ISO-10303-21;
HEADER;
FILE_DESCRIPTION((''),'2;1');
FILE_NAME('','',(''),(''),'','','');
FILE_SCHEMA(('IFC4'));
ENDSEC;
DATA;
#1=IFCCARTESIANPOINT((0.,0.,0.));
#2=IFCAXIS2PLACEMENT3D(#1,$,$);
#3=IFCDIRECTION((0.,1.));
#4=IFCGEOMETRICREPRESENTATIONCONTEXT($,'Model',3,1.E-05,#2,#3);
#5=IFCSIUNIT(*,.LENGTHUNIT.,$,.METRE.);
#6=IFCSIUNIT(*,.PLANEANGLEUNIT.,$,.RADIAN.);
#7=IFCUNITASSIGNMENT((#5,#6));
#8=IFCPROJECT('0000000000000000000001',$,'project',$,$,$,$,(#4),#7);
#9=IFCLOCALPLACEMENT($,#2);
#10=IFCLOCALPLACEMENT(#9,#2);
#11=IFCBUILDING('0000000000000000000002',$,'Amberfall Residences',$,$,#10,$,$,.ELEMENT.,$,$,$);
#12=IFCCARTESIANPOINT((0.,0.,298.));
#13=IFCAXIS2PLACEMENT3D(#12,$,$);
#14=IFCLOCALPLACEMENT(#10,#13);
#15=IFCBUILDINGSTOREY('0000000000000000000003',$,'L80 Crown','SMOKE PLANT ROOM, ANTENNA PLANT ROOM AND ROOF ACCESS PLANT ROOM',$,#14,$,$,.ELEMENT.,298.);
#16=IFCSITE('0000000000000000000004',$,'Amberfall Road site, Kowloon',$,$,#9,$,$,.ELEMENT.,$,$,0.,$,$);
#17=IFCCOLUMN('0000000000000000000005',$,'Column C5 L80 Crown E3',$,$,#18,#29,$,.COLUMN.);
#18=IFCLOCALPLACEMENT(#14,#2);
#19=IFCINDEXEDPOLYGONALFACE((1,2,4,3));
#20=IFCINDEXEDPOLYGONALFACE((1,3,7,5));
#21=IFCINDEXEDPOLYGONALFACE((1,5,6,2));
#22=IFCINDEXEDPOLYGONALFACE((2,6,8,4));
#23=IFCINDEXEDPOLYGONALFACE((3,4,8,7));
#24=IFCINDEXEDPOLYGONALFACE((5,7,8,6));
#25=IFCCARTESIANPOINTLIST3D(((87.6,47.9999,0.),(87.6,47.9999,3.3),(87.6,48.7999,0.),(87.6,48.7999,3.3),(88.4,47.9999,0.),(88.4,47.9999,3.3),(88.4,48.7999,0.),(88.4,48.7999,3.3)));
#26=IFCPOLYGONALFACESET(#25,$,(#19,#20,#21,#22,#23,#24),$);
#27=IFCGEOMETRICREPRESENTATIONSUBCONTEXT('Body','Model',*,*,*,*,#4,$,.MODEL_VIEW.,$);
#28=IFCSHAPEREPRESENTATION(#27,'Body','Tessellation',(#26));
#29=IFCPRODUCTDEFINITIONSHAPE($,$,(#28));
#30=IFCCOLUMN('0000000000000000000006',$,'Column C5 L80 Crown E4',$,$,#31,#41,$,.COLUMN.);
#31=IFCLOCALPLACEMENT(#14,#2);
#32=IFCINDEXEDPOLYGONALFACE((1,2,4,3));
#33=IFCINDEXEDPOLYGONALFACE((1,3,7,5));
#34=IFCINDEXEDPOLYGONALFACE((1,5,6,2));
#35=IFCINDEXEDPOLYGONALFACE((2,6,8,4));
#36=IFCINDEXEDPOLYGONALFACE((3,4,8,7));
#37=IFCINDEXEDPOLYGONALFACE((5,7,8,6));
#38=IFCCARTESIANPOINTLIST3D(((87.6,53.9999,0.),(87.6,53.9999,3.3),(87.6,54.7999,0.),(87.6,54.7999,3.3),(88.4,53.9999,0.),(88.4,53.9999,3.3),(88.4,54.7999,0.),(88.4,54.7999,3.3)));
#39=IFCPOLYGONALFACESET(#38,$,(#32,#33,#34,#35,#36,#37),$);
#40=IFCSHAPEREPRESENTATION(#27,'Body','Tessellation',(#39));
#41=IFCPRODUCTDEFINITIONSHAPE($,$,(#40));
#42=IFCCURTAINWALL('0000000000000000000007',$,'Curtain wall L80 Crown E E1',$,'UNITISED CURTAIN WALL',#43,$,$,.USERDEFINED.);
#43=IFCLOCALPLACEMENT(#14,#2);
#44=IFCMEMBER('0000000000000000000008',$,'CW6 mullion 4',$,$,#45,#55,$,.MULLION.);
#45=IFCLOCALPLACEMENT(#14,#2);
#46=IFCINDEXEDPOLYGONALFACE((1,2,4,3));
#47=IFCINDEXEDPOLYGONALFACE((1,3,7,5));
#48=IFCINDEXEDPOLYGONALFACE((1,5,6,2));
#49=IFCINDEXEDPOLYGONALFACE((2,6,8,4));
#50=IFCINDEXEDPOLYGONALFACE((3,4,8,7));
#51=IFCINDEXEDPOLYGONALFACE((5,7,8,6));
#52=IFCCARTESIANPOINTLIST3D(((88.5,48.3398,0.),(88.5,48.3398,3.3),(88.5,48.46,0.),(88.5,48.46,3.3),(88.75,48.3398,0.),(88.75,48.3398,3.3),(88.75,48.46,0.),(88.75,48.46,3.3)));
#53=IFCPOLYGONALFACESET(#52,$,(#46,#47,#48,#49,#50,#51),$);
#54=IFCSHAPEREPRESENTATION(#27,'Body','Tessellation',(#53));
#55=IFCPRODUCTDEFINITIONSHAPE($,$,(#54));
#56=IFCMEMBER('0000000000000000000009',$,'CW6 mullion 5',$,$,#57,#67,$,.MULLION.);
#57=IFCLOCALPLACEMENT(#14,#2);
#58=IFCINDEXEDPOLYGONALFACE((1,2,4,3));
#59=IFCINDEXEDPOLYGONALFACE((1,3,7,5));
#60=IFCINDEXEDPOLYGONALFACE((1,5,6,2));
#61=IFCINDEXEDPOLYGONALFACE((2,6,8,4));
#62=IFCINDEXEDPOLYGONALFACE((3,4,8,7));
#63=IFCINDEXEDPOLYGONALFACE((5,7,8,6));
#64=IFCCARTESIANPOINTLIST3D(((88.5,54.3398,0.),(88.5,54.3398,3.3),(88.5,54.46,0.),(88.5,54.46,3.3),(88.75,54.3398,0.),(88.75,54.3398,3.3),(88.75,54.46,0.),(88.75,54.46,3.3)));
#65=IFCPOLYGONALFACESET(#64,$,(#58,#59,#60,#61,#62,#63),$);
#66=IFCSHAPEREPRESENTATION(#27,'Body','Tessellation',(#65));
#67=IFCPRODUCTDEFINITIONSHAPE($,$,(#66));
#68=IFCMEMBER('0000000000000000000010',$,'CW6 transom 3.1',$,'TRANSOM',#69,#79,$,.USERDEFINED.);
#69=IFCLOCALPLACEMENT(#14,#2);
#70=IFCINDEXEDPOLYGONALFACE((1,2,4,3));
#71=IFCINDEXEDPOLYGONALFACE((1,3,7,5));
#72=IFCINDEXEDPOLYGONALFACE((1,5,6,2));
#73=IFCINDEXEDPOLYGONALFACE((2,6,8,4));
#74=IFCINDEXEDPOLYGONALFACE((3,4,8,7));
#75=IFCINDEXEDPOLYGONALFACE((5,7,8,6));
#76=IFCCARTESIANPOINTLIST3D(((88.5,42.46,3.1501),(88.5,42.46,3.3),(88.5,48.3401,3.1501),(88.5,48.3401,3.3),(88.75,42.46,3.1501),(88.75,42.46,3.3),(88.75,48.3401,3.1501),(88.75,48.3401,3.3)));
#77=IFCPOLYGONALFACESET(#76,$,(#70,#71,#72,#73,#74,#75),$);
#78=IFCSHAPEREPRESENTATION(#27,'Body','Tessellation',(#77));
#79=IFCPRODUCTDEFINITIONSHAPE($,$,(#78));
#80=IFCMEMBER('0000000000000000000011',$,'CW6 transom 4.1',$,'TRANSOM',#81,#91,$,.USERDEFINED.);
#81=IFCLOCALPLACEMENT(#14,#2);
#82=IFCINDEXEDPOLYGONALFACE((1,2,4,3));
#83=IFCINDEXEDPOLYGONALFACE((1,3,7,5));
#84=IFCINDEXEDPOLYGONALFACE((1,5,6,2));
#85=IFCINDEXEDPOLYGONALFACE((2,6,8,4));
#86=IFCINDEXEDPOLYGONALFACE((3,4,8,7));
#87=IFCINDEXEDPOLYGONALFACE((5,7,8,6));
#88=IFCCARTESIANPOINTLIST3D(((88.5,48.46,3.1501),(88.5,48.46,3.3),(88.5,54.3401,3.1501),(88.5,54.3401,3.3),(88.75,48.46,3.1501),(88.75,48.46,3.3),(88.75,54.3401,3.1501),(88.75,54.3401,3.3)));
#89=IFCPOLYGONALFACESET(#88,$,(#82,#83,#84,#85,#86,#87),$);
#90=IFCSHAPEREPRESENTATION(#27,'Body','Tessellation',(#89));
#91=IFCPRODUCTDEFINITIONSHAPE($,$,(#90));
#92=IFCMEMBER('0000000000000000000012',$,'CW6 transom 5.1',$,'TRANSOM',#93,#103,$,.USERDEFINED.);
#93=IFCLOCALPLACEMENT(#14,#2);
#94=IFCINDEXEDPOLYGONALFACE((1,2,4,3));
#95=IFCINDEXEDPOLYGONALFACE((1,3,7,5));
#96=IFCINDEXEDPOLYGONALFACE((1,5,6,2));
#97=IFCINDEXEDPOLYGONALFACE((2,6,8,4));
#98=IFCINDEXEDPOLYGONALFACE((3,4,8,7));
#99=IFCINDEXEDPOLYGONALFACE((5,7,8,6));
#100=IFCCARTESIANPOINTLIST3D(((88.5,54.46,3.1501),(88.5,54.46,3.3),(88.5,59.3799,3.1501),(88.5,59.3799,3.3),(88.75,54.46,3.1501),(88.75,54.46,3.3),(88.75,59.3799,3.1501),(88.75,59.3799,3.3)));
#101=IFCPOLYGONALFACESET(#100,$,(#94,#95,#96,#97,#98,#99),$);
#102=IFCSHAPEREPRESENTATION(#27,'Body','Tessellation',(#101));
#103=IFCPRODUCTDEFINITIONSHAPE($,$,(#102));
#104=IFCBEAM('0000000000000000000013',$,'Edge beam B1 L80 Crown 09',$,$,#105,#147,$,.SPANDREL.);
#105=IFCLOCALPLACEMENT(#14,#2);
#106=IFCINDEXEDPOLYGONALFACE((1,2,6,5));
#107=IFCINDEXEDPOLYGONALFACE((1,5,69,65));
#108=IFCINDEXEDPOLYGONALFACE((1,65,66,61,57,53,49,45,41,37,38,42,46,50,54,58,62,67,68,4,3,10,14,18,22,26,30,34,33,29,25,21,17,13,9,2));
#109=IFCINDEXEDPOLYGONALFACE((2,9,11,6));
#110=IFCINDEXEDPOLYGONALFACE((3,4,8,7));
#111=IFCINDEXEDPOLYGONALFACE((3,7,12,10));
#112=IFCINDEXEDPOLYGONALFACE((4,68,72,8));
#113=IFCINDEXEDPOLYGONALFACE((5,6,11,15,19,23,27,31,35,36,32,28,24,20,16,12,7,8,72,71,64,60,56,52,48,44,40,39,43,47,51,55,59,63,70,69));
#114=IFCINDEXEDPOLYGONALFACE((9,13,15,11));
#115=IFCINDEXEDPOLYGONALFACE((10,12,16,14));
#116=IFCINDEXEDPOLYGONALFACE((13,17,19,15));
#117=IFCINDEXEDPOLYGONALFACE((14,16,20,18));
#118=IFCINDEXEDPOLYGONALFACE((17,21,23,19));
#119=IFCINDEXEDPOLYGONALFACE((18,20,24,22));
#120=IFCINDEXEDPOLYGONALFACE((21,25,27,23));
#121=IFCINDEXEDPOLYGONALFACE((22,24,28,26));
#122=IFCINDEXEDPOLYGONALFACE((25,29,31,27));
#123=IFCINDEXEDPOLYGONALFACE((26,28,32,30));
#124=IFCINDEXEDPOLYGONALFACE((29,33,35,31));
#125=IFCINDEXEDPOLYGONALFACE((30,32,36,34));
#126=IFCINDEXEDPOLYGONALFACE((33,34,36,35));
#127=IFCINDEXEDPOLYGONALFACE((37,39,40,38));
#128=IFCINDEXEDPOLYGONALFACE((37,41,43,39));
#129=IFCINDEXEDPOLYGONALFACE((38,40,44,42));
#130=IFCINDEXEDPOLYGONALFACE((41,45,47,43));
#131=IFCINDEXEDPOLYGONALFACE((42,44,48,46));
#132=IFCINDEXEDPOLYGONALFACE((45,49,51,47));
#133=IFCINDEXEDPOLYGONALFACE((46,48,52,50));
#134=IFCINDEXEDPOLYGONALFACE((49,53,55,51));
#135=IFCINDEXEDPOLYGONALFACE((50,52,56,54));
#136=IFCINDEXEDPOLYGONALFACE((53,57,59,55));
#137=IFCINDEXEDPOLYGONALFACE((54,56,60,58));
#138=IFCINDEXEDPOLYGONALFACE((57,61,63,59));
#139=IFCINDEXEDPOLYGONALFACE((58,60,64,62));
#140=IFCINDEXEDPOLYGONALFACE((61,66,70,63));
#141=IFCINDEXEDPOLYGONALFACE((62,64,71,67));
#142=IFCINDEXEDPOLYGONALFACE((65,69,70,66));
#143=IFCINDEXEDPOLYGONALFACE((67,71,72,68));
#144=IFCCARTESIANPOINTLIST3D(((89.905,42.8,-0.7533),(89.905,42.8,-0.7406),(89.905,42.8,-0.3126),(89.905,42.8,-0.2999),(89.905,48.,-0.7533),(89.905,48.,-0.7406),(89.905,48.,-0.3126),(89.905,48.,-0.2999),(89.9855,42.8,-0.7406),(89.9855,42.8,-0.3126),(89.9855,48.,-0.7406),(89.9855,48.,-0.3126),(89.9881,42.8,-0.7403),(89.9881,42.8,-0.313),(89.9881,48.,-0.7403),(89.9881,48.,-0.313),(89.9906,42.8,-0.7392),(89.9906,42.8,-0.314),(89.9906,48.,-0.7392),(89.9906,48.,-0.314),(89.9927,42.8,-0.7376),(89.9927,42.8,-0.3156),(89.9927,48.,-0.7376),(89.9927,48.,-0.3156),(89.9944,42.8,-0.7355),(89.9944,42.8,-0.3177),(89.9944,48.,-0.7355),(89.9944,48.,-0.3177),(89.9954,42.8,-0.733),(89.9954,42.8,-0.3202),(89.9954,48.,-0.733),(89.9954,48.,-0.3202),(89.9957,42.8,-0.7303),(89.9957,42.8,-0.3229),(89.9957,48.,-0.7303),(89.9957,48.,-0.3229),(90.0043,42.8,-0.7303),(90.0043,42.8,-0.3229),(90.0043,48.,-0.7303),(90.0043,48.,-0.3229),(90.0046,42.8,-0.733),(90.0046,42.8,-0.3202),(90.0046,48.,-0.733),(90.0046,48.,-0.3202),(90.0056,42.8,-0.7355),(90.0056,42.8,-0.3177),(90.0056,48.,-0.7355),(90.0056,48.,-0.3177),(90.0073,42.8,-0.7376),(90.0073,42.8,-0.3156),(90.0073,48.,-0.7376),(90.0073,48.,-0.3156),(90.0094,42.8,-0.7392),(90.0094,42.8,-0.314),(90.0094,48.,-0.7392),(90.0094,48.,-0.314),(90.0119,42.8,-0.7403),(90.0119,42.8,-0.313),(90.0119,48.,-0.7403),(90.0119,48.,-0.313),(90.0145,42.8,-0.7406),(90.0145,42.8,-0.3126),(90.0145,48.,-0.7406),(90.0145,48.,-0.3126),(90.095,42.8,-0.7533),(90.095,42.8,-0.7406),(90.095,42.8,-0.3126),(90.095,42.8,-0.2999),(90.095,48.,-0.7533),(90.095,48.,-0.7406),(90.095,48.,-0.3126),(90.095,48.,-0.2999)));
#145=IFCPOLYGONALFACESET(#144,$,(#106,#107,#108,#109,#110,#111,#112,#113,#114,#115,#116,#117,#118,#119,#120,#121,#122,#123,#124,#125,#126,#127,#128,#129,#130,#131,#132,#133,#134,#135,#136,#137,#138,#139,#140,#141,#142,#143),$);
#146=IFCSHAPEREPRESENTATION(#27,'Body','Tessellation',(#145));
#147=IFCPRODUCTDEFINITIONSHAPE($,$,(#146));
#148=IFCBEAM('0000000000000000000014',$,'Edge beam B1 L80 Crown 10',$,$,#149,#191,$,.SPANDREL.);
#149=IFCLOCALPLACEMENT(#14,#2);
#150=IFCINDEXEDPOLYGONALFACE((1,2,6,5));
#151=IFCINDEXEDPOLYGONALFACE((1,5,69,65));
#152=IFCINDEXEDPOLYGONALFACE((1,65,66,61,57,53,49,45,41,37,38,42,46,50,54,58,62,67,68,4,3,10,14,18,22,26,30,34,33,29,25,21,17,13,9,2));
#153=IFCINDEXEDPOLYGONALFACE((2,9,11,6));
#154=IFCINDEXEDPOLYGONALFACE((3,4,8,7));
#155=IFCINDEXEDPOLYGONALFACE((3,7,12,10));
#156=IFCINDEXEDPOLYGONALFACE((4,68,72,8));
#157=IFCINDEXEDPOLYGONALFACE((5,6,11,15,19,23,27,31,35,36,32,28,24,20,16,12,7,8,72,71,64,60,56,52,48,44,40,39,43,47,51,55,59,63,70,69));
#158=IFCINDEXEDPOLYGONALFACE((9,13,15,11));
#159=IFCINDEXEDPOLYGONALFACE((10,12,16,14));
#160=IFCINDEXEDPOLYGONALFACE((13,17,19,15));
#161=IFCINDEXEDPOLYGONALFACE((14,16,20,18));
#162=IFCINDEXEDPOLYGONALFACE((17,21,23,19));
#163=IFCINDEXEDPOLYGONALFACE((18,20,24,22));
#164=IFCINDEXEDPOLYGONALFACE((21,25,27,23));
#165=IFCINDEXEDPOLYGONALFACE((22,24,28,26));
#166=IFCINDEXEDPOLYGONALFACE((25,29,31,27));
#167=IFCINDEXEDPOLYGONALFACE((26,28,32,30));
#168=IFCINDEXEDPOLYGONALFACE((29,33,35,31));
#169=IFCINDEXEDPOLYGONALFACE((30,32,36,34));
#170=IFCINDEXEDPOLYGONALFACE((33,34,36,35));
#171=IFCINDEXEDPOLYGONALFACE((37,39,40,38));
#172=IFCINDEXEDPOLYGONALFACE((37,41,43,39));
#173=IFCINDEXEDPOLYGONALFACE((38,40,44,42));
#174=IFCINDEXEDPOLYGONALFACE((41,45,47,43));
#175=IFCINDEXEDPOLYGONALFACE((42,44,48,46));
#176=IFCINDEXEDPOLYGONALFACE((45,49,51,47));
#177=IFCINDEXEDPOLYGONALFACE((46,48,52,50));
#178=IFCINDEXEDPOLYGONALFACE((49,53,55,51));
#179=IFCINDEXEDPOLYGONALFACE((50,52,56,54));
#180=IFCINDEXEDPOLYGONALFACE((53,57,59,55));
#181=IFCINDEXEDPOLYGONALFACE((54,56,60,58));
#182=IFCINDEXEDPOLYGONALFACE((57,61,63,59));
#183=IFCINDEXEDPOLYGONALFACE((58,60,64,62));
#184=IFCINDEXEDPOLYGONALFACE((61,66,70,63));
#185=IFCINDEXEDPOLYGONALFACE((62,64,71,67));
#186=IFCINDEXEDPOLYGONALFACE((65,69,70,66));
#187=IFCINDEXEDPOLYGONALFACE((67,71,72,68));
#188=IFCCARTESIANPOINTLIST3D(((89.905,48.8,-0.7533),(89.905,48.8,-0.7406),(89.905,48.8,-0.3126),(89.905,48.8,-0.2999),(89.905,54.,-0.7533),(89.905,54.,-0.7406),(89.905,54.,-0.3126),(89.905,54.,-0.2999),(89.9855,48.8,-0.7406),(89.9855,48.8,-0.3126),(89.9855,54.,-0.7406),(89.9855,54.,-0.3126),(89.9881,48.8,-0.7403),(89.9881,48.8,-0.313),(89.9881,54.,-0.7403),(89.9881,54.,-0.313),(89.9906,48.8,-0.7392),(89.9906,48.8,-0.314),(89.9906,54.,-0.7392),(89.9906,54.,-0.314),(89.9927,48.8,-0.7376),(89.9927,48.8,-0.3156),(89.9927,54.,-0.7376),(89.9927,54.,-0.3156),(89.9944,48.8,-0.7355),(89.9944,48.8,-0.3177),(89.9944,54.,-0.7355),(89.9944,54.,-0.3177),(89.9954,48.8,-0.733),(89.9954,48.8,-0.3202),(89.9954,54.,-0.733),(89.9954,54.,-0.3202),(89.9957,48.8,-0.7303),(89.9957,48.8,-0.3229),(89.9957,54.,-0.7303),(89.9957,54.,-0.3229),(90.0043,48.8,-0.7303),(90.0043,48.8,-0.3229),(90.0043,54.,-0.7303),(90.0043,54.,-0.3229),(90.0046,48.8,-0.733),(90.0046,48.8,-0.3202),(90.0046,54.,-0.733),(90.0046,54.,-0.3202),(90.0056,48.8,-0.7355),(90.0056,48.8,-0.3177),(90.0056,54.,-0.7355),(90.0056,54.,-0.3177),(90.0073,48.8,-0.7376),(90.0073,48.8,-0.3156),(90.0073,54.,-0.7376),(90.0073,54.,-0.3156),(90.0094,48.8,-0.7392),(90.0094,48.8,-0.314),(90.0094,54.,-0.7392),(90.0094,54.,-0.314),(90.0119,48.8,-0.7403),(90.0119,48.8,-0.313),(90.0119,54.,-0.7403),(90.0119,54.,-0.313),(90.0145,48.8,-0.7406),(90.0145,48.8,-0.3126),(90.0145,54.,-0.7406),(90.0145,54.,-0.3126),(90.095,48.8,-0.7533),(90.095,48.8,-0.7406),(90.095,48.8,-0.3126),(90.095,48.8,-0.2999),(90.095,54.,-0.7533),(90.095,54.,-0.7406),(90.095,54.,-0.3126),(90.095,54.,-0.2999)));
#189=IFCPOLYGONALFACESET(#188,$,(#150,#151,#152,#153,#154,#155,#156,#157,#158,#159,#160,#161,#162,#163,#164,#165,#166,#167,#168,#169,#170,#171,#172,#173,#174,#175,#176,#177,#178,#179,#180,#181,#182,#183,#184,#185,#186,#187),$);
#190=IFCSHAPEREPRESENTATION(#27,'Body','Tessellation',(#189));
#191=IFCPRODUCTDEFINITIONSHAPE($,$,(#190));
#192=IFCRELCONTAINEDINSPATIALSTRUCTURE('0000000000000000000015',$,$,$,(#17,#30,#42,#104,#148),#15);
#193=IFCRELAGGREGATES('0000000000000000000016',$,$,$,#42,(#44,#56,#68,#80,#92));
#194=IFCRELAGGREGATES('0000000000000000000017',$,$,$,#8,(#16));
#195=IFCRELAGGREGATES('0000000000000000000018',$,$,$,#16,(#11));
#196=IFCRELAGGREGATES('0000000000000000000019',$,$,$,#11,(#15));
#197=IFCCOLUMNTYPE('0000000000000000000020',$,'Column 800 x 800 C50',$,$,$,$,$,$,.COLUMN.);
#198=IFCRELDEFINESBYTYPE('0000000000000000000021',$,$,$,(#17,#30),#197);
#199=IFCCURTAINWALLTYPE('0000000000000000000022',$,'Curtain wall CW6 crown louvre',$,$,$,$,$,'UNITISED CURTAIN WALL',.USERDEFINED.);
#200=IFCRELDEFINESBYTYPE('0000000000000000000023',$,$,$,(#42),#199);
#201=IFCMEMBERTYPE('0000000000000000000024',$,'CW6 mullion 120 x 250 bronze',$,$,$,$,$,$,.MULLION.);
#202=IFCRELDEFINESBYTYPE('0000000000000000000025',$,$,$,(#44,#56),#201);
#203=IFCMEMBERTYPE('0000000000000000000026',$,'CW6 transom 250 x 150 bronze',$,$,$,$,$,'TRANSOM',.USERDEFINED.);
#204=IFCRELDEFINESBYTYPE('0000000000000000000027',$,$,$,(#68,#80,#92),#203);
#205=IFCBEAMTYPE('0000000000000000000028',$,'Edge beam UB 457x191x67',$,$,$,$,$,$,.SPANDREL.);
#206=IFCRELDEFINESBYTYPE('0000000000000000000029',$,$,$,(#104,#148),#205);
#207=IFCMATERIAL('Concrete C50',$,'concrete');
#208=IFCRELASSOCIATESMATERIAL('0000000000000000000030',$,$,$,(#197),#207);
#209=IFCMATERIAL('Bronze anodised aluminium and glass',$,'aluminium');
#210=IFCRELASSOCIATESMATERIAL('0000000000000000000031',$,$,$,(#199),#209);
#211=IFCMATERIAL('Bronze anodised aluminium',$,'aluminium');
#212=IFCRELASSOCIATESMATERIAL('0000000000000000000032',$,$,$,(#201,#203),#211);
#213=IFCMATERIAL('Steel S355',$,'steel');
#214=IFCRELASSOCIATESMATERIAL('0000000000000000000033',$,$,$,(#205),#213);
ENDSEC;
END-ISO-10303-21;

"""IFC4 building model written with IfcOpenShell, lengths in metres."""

from ifc_helpers import new_model, si_unit, direction, frame, origin, origin_2d, place, context, subcontext, project, spatial, rectangle, i_section, extrude, material, material_profile, profile_set, type_object, element, aggregate, save


model = new_model("IFC4")

# Units and contexts
model_context = context("Model", 3, precision=1e-05, world=origin(), true_north=direction((0.0, 1.0)))
body_context = subcontext(model_context, "Body", "Model", "MODEL_VIEW")
ifc_project = project(units=[si_unit("LENGTHUNIT", "METRE"), si_unit("PLANEANGLEUNIT", "RADIAN")], contexts=[model_context])

# Site, building, storey
site_placement = place(None, origin())
site = spatial("IfcSite", under=ifc_project, at=site_placement, Name="Amberfall Road site, Kowloon", CompositionType="ELEMENT", RefElevation=0.0)
building_placement = place(site_placement, origin())
building = spatial("IfcBuilding", under=site, at=building_placement, Name="Amberfall Residences", CompositionType="ELEMENT")
storey_placement = place(building_placement, frame((0.0, 0.0, 298.0)))
storey = spatial("IfcBuildingStorey", under=building, at=storey_placement, Name="L80 Crown", Description="SMOKE PLANT ROOM, ANTENNA PLANT ROOM AND ROOF ACCESS PLANT ROOM", CompositionType="ELEMENT", Elevation=298.0)

# Columns
ifc_material_1 = material(Name="Concrete C50", Category="concrete")
ifc_material_profile_1 = material_profile(ifc_material_1, rectangle(XDim=0.8, YDim=0.8, at=origin_2d()), Name="Column 800 x 800 C50")
ifc_profile_set_1 = profile_set([ifc_material_profile_1], Name="Concrete C50")
column_type = type_object("IfcColumnType", Name="Column 800 x 800 C50", PredefinedType="COLUMN", material=ifc_profile_set_1)
for number, where, z_axis, x_axis, name in (
    (1, (88.0, 48.3999, 0.0), (0.0, 0.0, 1.0), (1.0, 0.0, 0.0), "Column C5 L80 Crown E3"),
    (2, (88.0, 54.3999, 0.0), (0.0, 0.0, 1.0), (1.0, 0.0, 0.0), "Column C5 L80 Crown E4"),
):
    element("IfcColumn", number, at=place(storey_placement, frame(where, z_axis=z_axis, x_axis=x_axis)), inside=storey, type_object=column_type, Name=name, PredefinedType="COLUMN", context=body_context, shape_type="SweptSolid", body=[
        extrude(rectangle(XDim=0.8, YDim=0.8, at=origin_2d()), origin(), (0.0, 0.0, 1.0), 3.3),
    ])

# Curtain wall, members
ifc_material_2 = material(Name="Bronze anodised aluminium and glass", Category="aluminium")
curtain_wall_type = type_object("IfcCurtainWallType", Name="Curtain wall CW6 crown louvre", ElementType="UNITISED CURTAIN WALL", PredefinedType="USERDEFINED", material=ifc_material_2)
curtain_wall_placement = place(storey_placement, origin())
curtain_wall = element("IfcCurtainWall", 3, at=curtain_wall_placement, inside=storey, type_object=curtain_wall_type, Name="Curtain wall L80 Crown E E1", ObjectType="UNITISED CURTAIN WALL", PredefinedType="USERDEFINED")
ifc_material_3 = material(Name="Bronze anodised aluminium", Category="aluminium")
ifc_material_profile_2 = material_profile(ifc_material_3, rectangle(XDim=0.25, YDim=0.1201, at=origin_2d()), Name="CW6 mullion 120 x 250 bronze")
ifc_profile_set_2 = profile_set([ifc_material_profile_2], Name="Bronze anodised aluminium")
member_type_1 = type_object("IfcMemberType", Name="CW6 mullion 120 x 250 bronze", PredefinedType="MULLION", material=ifc_profile_set_2)
member_1_placement = place(storey_placement, frame((88.625, 48.3999, 0.0), z_axis=(0.0, 0.0, 1.0), x_axis=(-1.0, 0.0, 0.0)))
member_1 = element("IfcMember", 4, at=member_1_placement, type_object=member_type_1, Name="CW6 mullion 4", PredefinedType="MULLION", context=body_context, shape_type="SweptSolid", body=[
    extrude(rectangle(XDim=0.25, YDim=0.1201, at=origin_2d()), origin(), (0.0, 0.0, 1.0), 3.3),
])
member_2_placement = place(storey_placement, frame((88.625, 54.3999, 0.0), z_axis=(0.0, 0.0, 1.0), x_axis=(-1.0, 0.0, 0.0)))
member_2 = element("IfcMember", 5, at=member_2_placement, type_object=member_type_1, Name="CW6 mullion 5", PredefinedType="MULLION", context=body_context, shape_type="SweptSolid", body=[
    extrude(rectangle(XDim=0.25, YDim=0.1201, at=origin_2d()), origin(), (0.0, 0.0, 1.0), 3.3),
])
ifc_material_profile_3 = material_profile(ifc_material_3, rectangle(XDim=0.25, YDim=0.1499, at=origin_2d()), Name="CW6 transom 250 x 150 bronze")
ifc_profile_set_3 = profile_set([ifc_material_profile_3], Name="Bronze anodised aluminium")
member_type_2 = type_object("IfcMemberType", Name="CW6 transom 250 x 150 bronze", ElementType="TRANSOM", PredefinedType="USERDEFINED", material=ifc_profile_set_3)
member_3_placement = place(storey_placement, frame((88.625, 42.46, 3.2251), z_axis=(0.0, 1.0, 0.0), x_axis=(-1.0, 0.0, 0.0)))
member_3 = element("IfcMember", 6, at=member_3_placement, type_object=member_type_2, Name="CW6 transom 3.1", ObjectType="TRANSOM", PredefinedType="USERDEFINED", context=body_context, shape_type="SweptSolid", body=[
    extrude(rectangle(XDim=0.25, YDim=0.1499, at=origin_2d()), origin(), (0.0, 0.0, 1.0), 5.8801),
])
member_4_placement = place(storey_placement, frame((88.625, 48.46, 3.2251), z_axis=(0.0, 1.0, 0.0), x_axis=(-1.0, 0.0, 0.0)))
member_4 = element("IfcMember", 7, at=member_4_placement, type_object=member_type_2, Name="CW6 transom 4.1", ObjectType="TRANSOM", PredefinedType="USERDEFINED", context=body_context, shape_type="SweptSolid", body=[
    extrude(rectangle(XDim=0.25, YDim=0.1499, at=origin_2d()), origin(), (0.0, 0.0, 1.0), 5.8801),
])
member_5_placement = place(storey_placement, frame((88.625, 54.46, 3.2251), z_axis=(0.0, 1.0, 0.0), x_axis=(-1.0, 0.0, 0.0)))
member_5 = element("IfcMember", 8, at=member_5_placement, type_object=member_type_2, Name="CW6 transom 5.1", ObjectType="TRANSOM", PredefinedType="USERDEFINED", context=body_context, shape_type="SweptSolid", body=[
    extrude(rectangle(XDim=0.25, YDim=0.1499, at=origin_2d()), origin(), (0.0, 0.0, 1.0), 4.9199),
])

# Beams
ifc_material_4 = material(Name="Steel S355", Category="steel")
ifc_material_profile_4 = material_profile(ifc_material_4, i_section(OverallWidth=0.1899, OverallDepth=0.4534, WebThickness=0.0085, FlangeThickness=0.0127, FilletRadius=0.0103, at=origin_2d()), Name="UB 457x191x67")
ifc_profile_set_4 = profile_set([ifc_material_profile_4], Name="Steel S355")
beam_type_1 = type_object("IfcBeamType", Name="Edge beam UB 457x191x67", PredefinedType="SPANDREL", material=ifc_profile_set_4)
for number, where, z_axis, x_axis, name in (
    (9, (90.0, 42.8, -0.5266), (0.0, 1.0, 0.0), (-1.0, 0.0, 0.0), "Edge beam B1 L80 Crown 09"),
    (10, (90.0, 48.8, -0.5266), (0.0, 1.0, 0.0), (-1.0, 0.0, 0.0), "Edge beam B1 L80 Crown 10"),
):
    element("IfcBeam", number, at=place(storey_placement, frame(where, z_axis=z_axis, x_axis=x_axis)), inside=storey, type_object=beam_type_1, Name=name, PredefinedType="SPANDREL", context=body_context, shape_type="SweptSolid", body=[
        extrude(i_section(OverallWidth=0.1899, OverallDepth=0.4534, WebThickness=0.0085, FlangeThickness=0.0127, FilletRadius=0.0103, at=origin_2d()), origin(), (0.0, 0.0, 1.0), 5.2),
    ])

aggregate(curtain_wall, [member_1, member_2, member_3, member_4, member_5])

save(model, "model.ifc")
